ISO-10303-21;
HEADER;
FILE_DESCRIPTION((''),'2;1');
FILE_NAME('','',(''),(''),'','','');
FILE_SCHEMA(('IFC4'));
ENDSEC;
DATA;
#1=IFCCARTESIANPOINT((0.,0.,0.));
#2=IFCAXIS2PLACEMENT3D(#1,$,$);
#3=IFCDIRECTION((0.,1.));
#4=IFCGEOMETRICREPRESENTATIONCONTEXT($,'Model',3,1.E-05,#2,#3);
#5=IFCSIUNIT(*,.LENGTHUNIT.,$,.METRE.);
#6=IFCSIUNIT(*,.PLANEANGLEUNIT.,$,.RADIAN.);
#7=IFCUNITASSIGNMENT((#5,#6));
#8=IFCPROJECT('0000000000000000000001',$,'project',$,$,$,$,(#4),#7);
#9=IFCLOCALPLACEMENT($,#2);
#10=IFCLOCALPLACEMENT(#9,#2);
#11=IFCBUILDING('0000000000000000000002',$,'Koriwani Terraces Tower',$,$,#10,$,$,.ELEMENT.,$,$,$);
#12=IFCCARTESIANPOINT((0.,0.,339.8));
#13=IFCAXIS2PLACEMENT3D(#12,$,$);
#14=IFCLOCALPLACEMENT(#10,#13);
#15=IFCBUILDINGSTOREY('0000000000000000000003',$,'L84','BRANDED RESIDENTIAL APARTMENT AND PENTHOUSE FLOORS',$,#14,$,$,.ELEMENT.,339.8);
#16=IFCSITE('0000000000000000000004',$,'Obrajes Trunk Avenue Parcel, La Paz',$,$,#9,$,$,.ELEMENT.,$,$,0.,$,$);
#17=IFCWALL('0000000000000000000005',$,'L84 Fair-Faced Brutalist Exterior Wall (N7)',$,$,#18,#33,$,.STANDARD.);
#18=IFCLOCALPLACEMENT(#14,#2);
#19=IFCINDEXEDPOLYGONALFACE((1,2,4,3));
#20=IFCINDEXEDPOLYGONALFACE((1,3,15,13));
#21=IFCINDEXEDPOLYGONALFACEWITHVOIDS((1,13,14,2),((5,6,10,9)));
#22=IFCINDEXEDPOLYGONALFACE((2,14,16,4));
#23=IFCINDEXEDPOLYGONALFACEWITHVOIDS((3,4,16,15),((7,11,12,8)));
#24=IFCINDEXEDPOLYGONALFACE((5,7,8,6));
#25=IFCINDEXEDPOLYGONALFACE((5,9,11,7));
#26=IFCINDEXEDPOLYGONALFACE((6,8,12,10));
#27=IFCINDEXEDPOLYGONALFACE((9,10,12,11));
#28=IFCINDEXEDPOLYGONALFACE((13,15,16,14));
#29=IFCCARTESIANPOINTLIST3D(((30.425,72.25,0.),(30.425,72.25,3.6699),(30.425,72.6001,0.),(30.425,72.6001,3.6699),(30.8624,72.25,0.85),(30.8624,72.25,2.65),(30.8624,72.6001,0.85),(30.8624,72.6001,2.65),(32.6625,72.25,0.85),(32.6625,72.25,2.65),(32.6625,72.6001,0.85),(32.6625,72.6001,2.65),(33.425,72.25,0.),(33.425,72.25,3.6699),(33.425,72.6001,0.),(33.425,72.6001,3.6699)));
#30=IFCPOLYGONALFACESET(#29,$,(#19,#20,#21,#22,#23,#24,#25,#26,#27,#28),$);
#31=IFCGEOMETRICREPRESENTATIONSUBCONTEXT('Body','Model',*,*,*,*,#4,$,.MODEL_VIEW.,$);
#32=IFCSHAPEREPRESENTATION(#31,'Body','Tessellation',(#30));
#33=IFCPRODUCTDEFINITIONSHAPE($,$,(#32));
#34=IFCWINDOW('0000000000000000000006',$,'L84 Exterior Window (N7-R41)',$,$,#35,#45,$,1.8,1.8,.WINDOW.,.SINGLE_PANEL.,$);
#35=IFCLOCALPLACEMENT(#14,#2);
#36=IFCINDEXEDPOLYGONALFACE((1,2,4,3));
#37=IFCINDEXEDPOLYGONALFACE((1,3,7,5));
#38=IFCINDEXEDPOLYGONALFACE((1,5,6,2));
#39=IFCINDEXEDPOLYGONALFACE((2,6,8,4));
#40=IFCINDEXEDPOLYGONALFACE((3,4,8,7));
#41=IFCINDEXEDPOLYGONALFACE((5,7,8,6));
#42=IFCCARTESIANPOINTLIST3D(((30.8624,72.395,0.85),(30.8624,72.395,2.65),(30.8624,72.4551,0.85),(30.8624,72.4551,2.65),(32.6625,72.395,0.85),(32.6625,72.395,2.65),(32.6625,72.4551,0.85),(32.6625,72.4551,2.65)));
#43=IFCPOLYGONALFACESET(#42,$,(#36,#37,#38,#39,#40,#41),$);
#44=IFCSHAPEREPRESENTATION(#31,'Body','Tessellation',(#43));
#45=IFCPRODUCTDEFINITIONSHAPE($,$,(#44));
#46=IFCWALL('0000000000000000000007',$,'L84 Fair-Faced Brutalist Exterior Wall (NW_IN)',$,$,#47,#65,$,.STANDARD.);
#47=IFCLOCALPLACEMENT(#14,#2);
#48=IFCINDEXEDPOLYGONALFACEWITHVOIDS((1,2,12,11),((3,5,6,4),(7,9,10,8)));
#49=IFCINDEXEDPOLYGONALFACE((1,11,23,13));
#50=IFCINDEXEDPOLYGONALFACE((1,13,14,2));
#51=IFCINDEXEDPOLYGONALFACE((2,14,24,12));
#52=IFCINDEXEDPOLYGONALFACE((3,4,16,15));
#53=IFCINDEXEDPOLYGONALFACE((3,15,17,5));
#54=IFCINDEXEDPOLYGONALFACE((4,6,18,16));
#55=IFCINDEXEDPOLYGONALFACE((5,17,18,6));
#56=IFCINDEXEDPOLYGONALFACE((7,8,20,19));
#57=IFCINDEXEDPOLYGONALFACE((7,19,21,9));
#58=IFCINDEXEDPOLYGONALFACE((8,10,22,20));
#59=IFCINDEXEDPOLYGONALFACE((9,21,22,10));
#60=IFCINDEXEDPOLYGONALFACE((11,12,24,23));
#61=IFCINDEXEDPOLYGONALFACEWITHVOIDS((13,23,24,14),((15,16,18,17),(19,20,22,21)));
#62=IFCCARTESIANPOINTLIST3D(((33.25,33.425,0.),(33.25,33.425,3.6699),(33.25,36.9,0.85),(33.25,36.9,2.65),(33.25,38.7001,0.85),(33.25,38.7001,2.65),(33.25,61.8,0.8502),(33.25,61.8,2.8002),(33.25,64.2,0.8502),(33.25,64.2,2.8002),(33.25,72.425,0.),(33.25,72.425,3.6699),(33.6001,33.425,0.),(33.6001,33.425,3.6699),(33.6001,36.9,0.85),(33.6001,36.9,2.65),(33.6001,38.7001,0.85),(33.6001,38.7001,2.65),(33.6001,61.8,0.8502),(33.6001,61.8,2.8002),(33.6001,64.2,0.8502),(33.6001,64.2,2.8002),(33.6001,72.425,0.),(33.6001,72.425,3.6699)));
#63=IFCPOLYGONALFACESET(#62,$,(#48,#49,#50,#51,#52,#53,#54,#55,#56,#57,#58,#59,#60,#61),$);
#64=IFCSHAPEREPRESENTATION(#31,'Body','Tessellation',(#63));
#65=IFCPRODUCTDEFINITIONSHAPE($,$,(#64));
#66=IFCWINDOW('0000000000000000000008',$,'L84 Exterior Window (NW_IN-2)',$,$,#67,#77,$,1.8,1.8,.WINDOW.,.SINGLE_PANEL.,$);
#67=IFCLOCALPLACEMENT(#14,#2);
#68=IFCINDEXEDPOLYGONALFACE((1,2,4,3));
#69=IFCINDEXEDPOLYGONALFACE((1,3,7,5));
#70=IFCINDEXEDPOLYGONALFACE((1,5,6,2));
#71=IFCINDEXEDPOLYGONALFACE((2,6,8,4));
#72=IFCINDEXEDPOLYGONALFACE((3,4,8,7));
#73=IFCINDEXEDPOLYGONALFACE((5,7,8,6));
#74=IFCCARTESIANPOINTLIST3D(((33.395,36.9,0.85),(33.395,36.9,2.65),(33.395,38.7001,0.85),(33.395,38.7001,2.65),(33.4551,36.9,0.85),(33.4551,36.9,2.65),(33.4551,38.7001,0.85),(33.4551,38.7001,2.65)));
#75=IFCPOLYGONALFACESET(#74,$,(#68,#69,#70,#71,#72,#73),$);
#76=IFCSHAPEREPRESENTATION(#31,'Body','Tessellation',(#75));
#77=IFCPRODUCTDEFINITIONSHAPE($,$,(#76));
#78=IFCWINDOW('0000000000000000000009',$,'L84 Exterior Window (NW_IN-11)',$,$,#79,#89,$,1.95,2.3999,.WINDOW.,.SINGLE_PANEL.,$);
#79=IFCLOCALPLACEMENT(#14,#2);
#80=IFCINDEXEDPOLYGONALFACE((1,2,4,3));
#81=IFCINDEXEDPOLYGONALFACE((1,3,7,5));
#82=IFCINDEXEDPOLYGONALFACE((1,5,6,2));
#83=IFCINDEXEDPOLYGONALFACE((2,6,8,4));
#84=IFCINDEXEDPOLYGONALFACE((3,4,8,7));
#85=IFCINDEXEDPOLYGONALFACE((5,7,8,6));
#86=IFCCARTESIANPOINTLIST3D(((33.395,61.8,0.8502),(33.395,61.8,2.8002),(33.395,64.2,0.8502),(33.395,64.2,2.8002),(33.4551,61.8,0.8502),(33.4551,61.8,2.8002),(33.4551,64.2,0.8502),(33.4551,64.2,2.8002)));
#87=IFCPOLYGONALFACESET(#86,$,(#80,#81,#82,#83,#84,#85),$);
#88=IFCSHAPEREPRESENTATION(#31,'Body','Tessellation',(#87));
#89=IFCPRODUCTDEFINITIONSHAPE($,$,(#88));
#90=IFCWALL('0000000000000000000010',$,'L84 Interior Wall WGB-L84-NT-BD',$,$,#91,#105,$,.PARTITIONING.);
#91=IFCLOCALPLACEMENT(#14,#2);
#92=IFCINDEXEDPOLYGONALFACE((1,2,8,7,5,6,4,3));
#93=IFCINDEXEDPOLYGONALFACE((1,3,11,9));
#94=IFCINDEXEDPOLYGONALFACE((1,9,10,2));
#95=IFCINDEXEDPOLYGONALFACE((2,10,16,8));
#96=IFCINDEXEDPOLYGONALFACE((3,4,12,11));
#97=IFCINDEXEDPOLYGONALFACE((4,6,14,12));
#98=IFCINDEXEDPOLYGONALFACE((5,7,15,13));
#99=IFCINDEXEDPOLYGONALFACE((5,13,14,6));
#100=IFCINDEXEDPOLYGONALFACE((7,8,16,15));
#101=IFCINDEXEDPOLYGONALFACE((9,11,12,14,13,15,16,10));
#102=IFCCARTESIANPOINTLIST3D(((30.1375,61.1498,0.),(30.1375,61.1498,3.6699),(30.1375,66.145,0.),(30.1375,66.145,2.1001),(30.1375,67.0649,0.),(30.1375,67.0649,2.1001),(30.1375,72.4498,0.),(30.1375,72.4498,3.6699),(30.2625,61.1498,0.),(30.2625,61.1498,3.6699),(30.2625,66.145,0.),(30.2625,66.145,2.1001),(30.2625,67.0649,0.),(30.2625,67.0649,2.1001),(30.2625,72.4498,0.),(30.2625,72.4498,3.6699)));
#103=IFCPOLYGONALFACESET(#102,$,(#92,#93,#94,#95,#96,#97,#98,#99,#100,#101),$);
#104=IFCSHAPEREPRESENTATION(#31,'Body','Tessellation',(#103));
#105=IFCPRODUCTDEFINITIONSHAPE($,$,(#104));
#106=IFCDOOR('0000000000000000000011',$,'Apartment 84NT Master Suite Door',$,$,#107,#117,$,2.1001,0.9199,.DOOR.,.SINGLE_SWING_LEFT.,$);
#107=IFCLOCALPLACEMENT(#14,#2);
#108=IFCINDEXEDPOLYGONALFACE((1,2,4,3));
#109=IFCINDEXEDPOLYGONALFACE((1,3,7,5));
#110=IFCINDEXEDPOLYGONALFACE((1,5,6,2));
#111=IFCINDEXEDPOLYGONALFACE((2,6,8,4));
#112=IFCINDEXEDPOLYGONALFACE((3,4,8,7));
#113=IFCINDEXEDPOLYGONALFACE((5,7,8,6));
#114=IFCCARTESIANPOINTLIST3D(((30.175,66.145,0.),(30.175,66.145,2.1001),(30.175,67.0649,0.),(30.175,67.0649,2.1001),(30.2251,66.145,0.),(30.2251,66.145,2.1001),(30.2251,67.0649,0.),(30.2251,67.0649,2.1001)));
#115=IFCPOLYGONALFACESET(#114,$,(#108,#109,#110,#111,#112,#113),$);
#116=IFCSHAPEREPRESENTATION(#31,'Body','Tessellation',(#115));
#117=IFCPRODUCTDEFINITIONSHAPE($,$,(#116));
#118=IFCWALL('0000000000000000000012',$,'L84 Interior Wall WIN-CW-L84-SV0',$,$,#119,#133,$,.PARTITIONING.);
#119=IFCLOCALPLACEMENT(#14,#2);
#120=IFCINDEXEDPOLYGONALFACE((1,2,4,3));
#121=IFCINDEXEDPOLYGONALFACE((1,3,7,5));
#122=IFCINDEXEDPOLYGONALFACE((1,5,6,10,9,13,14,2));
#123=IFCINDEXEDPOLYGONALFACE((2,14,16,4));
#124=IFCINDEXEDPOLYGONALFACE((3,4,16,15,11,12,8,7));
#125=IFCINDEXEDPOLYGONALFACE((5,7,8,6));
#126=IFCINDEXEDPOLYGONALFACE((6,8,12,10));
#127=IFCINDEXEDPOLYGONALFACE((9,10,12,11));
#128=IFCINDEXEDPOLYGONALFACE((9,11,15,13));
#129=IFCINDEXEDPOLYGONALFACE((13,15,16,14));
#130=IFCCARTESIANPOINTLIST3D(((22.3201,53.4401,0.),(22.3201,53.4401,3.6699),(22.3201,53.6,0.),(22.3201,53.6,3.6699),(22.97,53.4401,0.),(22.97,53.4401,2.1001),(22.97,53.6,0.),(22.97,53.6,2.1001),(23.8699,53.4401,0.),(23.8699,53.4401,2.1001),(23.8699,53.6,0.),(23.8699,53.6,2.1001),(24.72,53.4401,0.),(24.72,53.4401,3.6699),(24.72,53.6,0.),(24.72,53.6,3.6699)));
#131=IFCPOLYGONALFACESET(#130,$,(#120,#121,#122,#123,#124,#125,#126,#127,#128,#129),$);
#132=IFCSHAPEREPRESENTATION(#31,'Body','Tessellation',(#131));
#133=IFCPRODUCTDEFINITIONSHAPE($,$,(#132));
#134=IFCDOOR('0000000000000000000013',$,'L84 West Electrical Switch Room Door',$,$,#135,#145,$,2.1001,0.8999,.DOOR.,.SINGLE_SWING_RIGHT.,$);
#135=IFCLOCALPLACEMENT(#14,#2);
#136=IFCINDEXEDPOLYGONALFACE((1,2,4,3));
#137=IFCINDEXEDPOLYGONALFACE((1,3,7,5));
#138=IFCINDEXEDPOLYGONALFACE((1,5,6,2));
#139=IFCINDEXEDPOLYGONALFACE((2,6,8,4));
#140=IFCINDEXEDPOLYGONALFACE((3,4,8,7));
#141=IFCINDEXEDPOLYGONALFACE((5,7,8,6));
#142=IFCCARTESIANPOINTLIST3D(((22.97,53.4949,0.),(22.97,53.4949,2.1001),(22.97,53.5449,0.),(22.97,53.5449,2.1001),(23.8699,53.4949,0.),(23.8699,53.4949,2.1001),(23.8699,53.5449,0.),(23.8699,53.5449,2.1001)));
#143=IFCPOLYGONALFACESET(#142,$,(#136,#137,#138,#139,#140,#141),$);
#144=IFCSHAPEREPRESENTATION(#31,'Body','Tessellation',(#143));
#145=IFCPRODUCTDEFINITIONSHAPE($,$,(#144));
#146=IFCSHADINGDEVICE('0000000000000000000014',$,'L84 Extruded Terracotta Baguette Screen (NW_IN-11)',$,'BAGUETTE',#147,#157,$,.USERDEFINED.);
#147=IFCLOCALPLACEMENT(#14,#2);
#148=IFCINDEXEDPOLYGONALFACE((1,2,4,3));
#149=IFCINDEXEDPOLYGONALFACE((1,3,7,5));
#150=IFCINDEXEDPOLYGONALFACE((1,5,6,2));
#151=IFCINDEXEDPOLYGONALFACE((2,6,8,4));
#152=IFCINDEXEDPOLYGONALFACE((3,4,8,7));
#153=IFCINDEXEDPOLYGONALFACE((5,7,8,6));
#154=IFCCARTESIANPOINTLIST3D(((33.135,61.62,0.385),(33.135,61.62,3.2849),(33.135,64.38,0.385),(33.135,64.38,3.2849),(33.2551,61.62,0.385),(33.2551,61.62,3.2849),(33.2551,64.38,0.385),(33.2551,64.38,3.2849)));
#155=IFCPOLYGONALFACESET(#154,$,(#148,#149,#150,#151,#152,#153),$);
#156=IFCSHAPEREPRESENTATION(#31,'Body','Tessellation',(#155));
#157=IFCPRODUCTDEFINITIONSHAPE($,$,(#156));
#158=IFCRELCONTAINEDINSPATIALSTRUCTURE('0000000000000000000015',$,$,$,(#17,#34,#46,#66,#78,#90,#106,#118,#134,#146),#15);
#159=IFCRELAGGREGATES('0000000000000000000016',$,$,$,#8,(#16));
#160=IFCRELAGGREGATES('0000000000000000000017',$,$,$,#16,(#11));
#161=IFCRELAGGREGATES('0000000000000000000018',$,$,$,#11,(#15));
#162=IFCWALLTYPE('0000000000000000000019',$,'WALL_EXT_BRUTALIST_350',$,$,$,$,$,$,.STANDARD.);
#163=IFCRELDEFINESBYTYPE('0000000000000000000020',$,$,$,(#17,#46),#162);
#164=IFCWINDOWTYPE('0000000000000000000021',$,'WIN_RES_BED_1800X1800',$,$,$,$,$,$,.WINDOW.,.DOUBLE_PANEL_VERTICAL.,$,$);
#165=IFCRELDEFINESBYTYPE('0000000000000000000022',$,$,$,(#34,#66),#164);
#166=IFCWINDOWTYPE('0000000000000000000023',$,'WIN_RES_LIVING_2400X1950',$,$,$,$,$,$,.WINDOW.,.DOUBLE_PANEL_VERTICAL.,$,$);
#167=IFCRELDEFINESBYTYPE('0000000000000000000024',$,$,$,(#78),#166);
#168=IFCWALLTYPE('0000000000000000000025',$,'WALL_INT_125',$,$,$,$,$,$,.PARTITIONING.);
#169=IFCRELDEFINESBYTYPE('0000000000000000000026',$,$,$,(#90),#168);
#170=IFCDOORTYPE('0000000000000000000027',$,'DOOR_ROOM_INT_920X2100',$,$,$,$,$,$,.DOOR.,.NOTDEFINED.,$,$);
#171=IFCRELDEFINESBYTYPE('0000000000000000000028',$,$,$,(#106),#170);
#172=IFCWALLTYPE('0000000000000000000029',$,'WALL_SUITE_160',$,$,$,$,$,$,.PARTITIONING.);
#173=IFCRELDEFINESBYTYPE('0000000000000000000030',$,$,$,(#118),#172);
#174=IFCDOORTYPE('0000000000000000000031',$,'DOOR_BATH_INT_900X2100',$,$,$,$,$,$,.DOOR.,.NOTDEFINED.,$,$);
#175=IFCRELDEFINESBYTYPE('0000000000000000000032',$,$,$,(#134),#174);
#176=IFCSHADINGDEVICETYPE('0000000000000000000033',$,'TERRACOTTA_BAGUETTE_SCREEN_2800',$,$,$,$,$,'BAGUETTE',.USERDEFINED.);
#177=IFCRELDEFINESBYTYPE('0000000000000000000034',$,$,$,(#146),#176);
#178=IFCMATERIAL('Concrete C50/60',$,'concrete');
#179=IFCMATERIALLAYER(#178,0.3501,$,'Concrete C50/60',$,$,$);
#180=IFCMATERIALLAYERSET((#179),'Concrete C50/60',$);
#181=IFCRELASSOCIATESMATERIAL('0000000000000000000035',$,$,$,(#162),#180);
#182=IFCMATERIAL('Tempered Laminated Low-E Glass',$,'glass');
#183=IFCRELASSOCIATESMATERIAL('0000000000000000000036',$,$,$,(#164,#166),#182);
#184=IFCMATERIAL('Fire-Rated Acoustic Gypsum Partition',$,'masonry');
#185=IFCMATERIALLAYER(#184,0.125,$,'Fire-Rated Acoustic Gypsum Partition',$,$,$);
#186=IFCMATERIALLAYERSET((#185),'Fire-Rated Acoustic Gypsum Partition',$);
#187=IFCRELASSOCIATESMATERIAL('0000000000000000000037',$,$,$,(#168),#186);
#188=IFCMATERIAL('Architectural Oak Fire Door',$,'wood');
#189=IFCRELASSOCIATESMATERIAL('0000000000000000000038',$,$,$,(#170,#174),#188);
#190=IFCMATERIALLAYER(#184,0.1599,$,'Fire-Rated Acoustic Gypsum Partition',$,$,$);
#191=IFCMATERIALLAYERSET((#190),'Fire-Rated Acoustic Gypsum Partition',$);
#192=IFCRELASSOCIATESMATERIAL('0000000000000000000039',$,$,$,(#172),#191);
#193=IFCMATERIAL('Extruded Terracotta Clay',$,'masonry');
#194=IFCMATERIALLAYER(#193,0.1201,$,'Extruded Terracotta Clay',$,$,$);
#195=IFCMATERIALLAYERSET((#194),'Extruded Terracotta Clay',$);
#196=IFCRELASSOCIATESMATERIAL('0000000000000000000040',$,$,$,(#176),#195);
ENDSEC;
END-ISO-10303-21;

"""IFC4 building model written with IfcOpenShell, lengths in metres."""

from ifc_helpers import new_model, si_unit, direction, frame, frame_2d, origin, origin_2d, place, context, subcontext, project, spatial, rectangle, extrude, material, layer, layer_set, type_object, element, fill, save


model = new_model("IFC4")

# Units and contexts
model_context = context("Model", 3, precision=1e-05, world=origin(), true_north=direction((0.0, 1.0)))
body_context = subcontext(model_context, "Body", "Model", "MODEL_VIEW")
ifc_project = project(units=[si_unit("LENGTHUNIT", "METRE"), si_unit("PLANEANGLEUNIT", "RADIAN")], contexts=[model_context])

# Site, building, storey
site_placement = place(None, origin())
site = spatial("IfcSite", under=ifc_project, at=site_placement, Name="Obrajes Trunk Avenue Parcel, La Paz", CompositionType="ELEMENT", RefElevation=0.0)
building_placement = place(site_placement, origin())
building = spatial("IfcBuilding", under=site, at=building_placement, Name="Koriwani Terraces Tower", CompositionType="ELEMENT")
storey_placement = place(building_placement, frame((0.0, 0.0, 339.8)))
storey = spatial("IfcBuildingStorey", under=building, at=storey_placement, Name="L84", Description="BRANDED RESIDENTIAL APARTMENT AND PENTHOUSE FLOORS", CompositionType="ELEMENT", Elevation=339.8)

# Shared definitions
ifc_material_1 = material(Name="Concrete C50/60", Category="concrete")

# Shared definitions
ifc_layer_1 = layer(ifc_material_1, 0.3501, Name="Concrete C50/60")
ifc_layer_set_1 = layer_set([ifc_layer_1], Name="Concrete C50/60")
wall_type_1 = type_object("IfcWallType", Name="WALL_EXT_BRUTALIST_350", PredefinedType="STANDARD", material=ifc_layer_set_1)

# Wall, opening, window
wall_1_placement = place(storey_placement, frame((30.425, 72.425, 0.0), z_axis=(0.0, 0.0, 1.0), x_axis=(1.0, 0.0, 0.0)))
wall_1 = element("IfcWall", 1, at=wall_1_placement, inside=storey, type_object=wall_type_1, Name="L84 Fair-Faced Brutalist Exterior Wall (N7)", PredefinedType="STANDARD", context=body_context, shape_type="SweptSolid", body=[
    extrude(rectangle(XDim=3.0, YDim=0.3501, at=frame_2d((1.5, 0.0))), origin(), (0.0, 0.0, 1.0), 3.6699),
])
opening_1_placement = place(wall_1_placement, frame((0.4375, 0.0, 0.8501)))
opening_1 = element("IfcOpeningElement", 2, at=opening_1_placement, cuts=wall_1, PredefinedType="OPENING", context=body_context, shape_type="SweptSolid", body=[
    extrude(rectangle(XDim=1.8, YDim=1.8, at=frame_2d((0.8999, 0.8999))), frame((0.0, 0.1851, 0.0), z_axis=(0.0, -1.0, 0.0), x_axis=(1.0, 0.0, 0.0)), (0.0, 0.0, 1.0), 0.3701),
])
ifc_material_2 = material(Name="Tempered Laminated Low-E Glass", Category="glass")
window_type_1 = type_object("IfcWindowType", Name="WIN_RES_BED_1800X1800", PartitioningType="DOUBLE_PANEL_VERTICAL", PredefinedType="WINDOW", material=ifc_material_2)
window_1_placement = place(opening_1_placement, origin())
window_1 = element("IfcWindow", 3, at=window_1_placement, inside=storey, type_object=window_type_1, Name="L84 Exterior Window (N7-R41)", OverallHeight=1.8, OverallWidth=1.8, PartitioningType="SINGLE_PANEL", PredefinedType="WINDOW", context=body_context, shape_type="SweptSolid", body=[
    extrude(rectangle(XDim=1.8, YDim=1.8, at=frame_2d((0.8999, 0.8999))), frame((0.0, 0.03, 0.0), z_axis=(0.0, -1.0, 0.0), x_axis=(1.0, 0.0, 0.0)), (0.0, 0.0, 1.0), 0.0601),
])
fill(opening_1, window_1)

# Wall, openings, windows
wall_2_placement = place(storey_placement, frame((33.425, 72.425, 0.0), z_axis=(0.0, 0.0, 1.0), x_axis=(0.0, -1.0, 0.0)))
wall_2 = element("IfcWall", 4, at=wall_2_placement, inside=storey, type_object=wall_type_1, Name="L84 Fair-Faced Brutalist Exterior Wall (NW_IN)", PredefinedType="STANDARD", context=body_context, shape_type="SweptSolid", body=[
    extrude(rectangle(XDim=39.0, YDim=0.3501, at=frame_2d((19.5, 0.0))), origin(), (0.0, 0.0, 1.0), 3.6699),
])
opening_2_placement = place(wall_2_placement, frame((33.7251, 0.0, 0.8501)))
opening_2 = element("IfcOpeningElement", 5, at=opening_2_placement, cuts=wall_2, PredefinedType="OPENING", context=body_context, shape_type="SweptSolid", body=[
    extrude(rectangle(XDim=1.8, YDim=1.8, at=frame_2d((0.8999, 0.8999))), frame((0.0, 0.1851, 0.0), z_axis=(0.0, -1.0, 0.0), x_axis=(1.0, 0.0, 0.0)), (0.0, 0.0, 1.0), 0.3701),
])
opening_3_placement = place(wall_2_placement, frame((8.2251, 0.0, 0.8501)))
opening_3 = element("IfcOpeningElement", 6, at=opening_3_placement, cuts=wall_2, PredefinedType="OPENING", context=body_context, shape_type="SweptSolid", body=[
    extrude(rectangle(XDim=2.3999, YDim=1.95, at=frame_2d((1.2, 0.9751))), frame((0.0, 0.1851, 0.0), z_axis=(0.0, -1.0, 0.0), x_axis=(1.0, 0.0, 0.0)), (0.0, 0.0, 1.0), 0.3701),
])
window_2_placement = place(opening_2_placement, origin())
window_2 = element("IfcWindow", 7, at=window_2_placement, inside=storey, type_object=window_type_1, Name="L84 Exterior Window (NW_IN-2)", OverallHeight=1.8, OverallWidth=1.8, PartitioningType="SINGLE_PANEL", PredefinedType="WINDOW", context=body_context, shape_type="SweptSolid", body=[
    extrude(rectangle(XDim=1.8, YDim=1.8, at=frame_2d((0.8999, 0.8999))), frame((0.0, 0.03, 0.0), z_axis=(0.0, -1.0, 0.0), x_axis=(1.0, 0.0, 0.0)), (0.0, 0.0, 1.0), 0.0601),
])
fill(opening_2, window_2)
window_type_2 = type_object("IfcWindowType", Name="WIN_RES_LIVING_2400X1950", PartitioningType="DOUBLE_PANEL_VERTICAL", PredefinedType="WINDOW", material=ifc_material_2)
window_3_placement = place(opening_3_placement, origin())
window_3 = element("IfcWindow", 8, at=window_3_placement, inside=storey, type_object=window_type_2, Name="L84 Exterior Window (NW_IN-11)", OverallHeight=1.95, OverallWidth=2.3999, PartitioningType="SINGLE_PANEL", PredefinedType="WINDOW", context=body_context, shape_type="SweptSolid", body=[
    extrude(rectangle(XDim=2.3999, YDim=1.95, at=frame_2d((1.2, 0.9751))), frame((0.0, 0.03, 0.0), z_axis=(0.0, -1.0, 0.0), x_axis=(1.0, 0.0, 0.0)), (0.0, 0.0, 1.0), 0.0601),
])
fill(opening_3, window_3)

# Walls, openings, doors
ifc_material_3 = material(Name="Fire-Rated Acoustic Gypsum Partition", Category="masonry")
ifc_layer_2 = layer(ifc_material_3, 0.125, Name="Fire-Rated Acoustic Gypsum Partition")
ifc_layer_set_2 = layer_set([ifc_layer_2], Name="Fire-Rated Acoustic Gypsum Partition")
wall_type_2 = type_object("IfcWallType", Name="WALL_INT_125", PredefinedType="PARTITIONING", material=ifc_layer_set_2)
wall_3_placement = place(storey_placement, frame((30.2, 61.1499, 0.0), z_axis=(0.0, 0.0, 1.0), x_axis=(0.0, 1.0, 0.0)))
wall_3 = element("IfcWall", 9, at=wall_3_placement, inside=storey, type_object=wall_type_2, Name="L84 Interior Wall WGB-L84-NT-BD", PredefinedType="PARTITIONING", context=body_context, shape_type="SweptSolid", body=[
    extrude(rectangle(XDim=11.3, YDim=0.125, at=frame_2d((5.6499, 0.0))), origin(), (0.0, 0.0, 1.0), 3.6699),
])
opening_4_placement = place(wall_3_placement, frame((4.9951, 0.0, 0.0)))
opening_4 = element("IfcOpeningElement", 10, at=opening_4_placement, cuts=wall_3, PredefinedType="OPENING", context=body_context, shape_type="SweptSolid", body=[
    extrude(rectangle(XDim=0.9199, YDim=2.1001, at=frame_2d((0.46, 1.05))), frame((0.0, 0.0725, 0.0), z_axis=(0.0, -1.0, 0.0), x_axis=(1.0, 0.0, 0.0)), (0.0, 0.0, 1.0), 0.145),
])
ifc_material_4 = material(Name="Architectural Oak Fire Door", Category="wood")
door_type_1 = type_object("IfcDoorType", Name="DOOR_ROOM_INT_920X2100", OperationType="NOTDEFINED", PredefinedType="DOOR", material=ifc_material_4)
door_1_placement = place(opening_4_placement, origin())
door_1 = element("IfcDoor", 11, at=door_1_placement, inside=storey, type_object=door_type_1, Name="Apartment 84NT Master Suite Door", OperationType="SINGLE_SWING_LEFT", OverallHeight=2.1001, OverallWidth=0.9199, PredefinedType="DOOR", context=body_context, shape_type="SweptSolid", body=[
    extrude(rectangle(XDim=0.9199, YDim=2.1001, at=frame_2d((0.46, 1.05))), frame((0.0, 0.0249, 0.0), z_axis=(0.0, -1.0, 0.0), x_axis=(1.0, 0.0, 0.0)), (0.0, 0.0, 1.0), 0.05),
])
fill(opening_4, door_1)
ifc_layer_3 = layer(ifc_material_3, 0.1599, Name="Fire-Rated Acoustic Gypsum Partition")
ifc_layer_set_3 = layer_set([ifc_layer_3], Name="Fire-Rated Acoustic Gypsum Partition")
wall_type_3 = type_object("IfcWallType", Name="WALL_SUITE_160", PredefinedType="PARTITIONING", material=ifc_layer_set_3)
wall_4_placement = place(storey_placement, frame((22.3201, 53.52, 0.0), z_axis=(0.0, 0.0, 1.0), x_axis=(1.0, 0.0, 0.0)))
wall_4 = element("IfcWall", 12, at=wall_4_placement, inside=storey, type_object=wall_type_3, Name="L84 Interior Wall WIN-CW-L84-SV0", PredefinedType="PARTITIONING", context=body_context, shape_type="SweptSolid", body=[
    extrude(rectangle(XDim=2.3999, YDim=0.1599, at=frame_2d((1.2, 0.0))), origin(), (0.0, 0.0, 1.0), 3.6699),
])
opening_5_placement = place(wall_4_placement, frame((0.6499, 0.0, 0.0)))
opening_5 = element("IfcOpeningElement", 13, at=opening_5_placement, cuts=wall_4, PredefinedType="OPENING", context=body_context, shape_type="SweptSolid", body=[
    extrude(rectangle(XDim=0.8999, YDim=2.1001, at=frame_2d((0.45, 1.05))), frame((0.0, 0.0898, 0.0), z_axis=(0.0, -1.0, 0.0), x_axis=(1.0, 0.0, 0.0)), (0.0, 0.0, 1.0), 0.1799),
])
door_type_2 = type_object("IfcDoorType", Name="DOOR_BATH_INT_900X2100", OperationType="NOTDEFINED", PredefinedType="DOOR", material=ifc_material_4)
door_2_placement = place(opening_5_placement, origin())
door_2 = element("IfcDoor", 14, at=door_2_placement, inside=storey, type_object=door_type_2, Name="L84 West Electrical Switch Room Door", OperationType="SINGLE_SWING_RIGHT", OverallHeight=2.1001, OverallWidth=0.8999, PredefinedType="DOOR", context=body_context, shape_type="SweptSolid", body=[
    extrude(rectangle(XDim=0.8999, YDim=2.1001, at=frame_2d((0.45, 1.05))), frame((0.0, 0.0249, 0.0), z_axis=(0.0, -1.0, 0.0), x_axis=(1.0, 0.0, 0.0)), (0.0, 0.0, 1.0), 0.05),
])
fill(opening_5, door_2)

# Shading device
ifc_material_5 = material(Name="Extruded Terracotta Clay", Category="masonry")
ifc_layer_4 = layer(ifc_material_5, 0.1201, Name="Extruded Terracotta Clay")
ifc_layer_set_4 = layer_set([ifc_layer_4], Name="Extruded Terracotta Clay")
shading_device_type = type_object("IfcShadingDeviceType", Name="TERRACOTTA_BAGUETTE_SCREEN_2800", ElementType="BAGUETTE", PredefinedType="USERDEFINED", material=ifc_layer_set_4)
shading_device_placement = place(storey_placement, frame((33.1951, 63.0, 0.385), z_axis=(0.0, 0.0, 1.0), x_axis=(0.0, -1.0, 0.0)))
element("IfcShadingDevice", 15, at=shading_device_placement, inside=storey, type_object=shading_device_type, Name="L84 Extruded Terracotta Baguette Screen (NW_IN-11)", ObjectType="BAGUETTE", PredefinedType="USERDEFINED", context=body_context, shape_type="SweptSolid", body=[
    extrude(rectangle(XDim=2.76, YDim=0.1201, at=origin_2d()), origin(), (0.0, 0.0, 1.0), 2.8999),
])

save(model, "model.ifc")
